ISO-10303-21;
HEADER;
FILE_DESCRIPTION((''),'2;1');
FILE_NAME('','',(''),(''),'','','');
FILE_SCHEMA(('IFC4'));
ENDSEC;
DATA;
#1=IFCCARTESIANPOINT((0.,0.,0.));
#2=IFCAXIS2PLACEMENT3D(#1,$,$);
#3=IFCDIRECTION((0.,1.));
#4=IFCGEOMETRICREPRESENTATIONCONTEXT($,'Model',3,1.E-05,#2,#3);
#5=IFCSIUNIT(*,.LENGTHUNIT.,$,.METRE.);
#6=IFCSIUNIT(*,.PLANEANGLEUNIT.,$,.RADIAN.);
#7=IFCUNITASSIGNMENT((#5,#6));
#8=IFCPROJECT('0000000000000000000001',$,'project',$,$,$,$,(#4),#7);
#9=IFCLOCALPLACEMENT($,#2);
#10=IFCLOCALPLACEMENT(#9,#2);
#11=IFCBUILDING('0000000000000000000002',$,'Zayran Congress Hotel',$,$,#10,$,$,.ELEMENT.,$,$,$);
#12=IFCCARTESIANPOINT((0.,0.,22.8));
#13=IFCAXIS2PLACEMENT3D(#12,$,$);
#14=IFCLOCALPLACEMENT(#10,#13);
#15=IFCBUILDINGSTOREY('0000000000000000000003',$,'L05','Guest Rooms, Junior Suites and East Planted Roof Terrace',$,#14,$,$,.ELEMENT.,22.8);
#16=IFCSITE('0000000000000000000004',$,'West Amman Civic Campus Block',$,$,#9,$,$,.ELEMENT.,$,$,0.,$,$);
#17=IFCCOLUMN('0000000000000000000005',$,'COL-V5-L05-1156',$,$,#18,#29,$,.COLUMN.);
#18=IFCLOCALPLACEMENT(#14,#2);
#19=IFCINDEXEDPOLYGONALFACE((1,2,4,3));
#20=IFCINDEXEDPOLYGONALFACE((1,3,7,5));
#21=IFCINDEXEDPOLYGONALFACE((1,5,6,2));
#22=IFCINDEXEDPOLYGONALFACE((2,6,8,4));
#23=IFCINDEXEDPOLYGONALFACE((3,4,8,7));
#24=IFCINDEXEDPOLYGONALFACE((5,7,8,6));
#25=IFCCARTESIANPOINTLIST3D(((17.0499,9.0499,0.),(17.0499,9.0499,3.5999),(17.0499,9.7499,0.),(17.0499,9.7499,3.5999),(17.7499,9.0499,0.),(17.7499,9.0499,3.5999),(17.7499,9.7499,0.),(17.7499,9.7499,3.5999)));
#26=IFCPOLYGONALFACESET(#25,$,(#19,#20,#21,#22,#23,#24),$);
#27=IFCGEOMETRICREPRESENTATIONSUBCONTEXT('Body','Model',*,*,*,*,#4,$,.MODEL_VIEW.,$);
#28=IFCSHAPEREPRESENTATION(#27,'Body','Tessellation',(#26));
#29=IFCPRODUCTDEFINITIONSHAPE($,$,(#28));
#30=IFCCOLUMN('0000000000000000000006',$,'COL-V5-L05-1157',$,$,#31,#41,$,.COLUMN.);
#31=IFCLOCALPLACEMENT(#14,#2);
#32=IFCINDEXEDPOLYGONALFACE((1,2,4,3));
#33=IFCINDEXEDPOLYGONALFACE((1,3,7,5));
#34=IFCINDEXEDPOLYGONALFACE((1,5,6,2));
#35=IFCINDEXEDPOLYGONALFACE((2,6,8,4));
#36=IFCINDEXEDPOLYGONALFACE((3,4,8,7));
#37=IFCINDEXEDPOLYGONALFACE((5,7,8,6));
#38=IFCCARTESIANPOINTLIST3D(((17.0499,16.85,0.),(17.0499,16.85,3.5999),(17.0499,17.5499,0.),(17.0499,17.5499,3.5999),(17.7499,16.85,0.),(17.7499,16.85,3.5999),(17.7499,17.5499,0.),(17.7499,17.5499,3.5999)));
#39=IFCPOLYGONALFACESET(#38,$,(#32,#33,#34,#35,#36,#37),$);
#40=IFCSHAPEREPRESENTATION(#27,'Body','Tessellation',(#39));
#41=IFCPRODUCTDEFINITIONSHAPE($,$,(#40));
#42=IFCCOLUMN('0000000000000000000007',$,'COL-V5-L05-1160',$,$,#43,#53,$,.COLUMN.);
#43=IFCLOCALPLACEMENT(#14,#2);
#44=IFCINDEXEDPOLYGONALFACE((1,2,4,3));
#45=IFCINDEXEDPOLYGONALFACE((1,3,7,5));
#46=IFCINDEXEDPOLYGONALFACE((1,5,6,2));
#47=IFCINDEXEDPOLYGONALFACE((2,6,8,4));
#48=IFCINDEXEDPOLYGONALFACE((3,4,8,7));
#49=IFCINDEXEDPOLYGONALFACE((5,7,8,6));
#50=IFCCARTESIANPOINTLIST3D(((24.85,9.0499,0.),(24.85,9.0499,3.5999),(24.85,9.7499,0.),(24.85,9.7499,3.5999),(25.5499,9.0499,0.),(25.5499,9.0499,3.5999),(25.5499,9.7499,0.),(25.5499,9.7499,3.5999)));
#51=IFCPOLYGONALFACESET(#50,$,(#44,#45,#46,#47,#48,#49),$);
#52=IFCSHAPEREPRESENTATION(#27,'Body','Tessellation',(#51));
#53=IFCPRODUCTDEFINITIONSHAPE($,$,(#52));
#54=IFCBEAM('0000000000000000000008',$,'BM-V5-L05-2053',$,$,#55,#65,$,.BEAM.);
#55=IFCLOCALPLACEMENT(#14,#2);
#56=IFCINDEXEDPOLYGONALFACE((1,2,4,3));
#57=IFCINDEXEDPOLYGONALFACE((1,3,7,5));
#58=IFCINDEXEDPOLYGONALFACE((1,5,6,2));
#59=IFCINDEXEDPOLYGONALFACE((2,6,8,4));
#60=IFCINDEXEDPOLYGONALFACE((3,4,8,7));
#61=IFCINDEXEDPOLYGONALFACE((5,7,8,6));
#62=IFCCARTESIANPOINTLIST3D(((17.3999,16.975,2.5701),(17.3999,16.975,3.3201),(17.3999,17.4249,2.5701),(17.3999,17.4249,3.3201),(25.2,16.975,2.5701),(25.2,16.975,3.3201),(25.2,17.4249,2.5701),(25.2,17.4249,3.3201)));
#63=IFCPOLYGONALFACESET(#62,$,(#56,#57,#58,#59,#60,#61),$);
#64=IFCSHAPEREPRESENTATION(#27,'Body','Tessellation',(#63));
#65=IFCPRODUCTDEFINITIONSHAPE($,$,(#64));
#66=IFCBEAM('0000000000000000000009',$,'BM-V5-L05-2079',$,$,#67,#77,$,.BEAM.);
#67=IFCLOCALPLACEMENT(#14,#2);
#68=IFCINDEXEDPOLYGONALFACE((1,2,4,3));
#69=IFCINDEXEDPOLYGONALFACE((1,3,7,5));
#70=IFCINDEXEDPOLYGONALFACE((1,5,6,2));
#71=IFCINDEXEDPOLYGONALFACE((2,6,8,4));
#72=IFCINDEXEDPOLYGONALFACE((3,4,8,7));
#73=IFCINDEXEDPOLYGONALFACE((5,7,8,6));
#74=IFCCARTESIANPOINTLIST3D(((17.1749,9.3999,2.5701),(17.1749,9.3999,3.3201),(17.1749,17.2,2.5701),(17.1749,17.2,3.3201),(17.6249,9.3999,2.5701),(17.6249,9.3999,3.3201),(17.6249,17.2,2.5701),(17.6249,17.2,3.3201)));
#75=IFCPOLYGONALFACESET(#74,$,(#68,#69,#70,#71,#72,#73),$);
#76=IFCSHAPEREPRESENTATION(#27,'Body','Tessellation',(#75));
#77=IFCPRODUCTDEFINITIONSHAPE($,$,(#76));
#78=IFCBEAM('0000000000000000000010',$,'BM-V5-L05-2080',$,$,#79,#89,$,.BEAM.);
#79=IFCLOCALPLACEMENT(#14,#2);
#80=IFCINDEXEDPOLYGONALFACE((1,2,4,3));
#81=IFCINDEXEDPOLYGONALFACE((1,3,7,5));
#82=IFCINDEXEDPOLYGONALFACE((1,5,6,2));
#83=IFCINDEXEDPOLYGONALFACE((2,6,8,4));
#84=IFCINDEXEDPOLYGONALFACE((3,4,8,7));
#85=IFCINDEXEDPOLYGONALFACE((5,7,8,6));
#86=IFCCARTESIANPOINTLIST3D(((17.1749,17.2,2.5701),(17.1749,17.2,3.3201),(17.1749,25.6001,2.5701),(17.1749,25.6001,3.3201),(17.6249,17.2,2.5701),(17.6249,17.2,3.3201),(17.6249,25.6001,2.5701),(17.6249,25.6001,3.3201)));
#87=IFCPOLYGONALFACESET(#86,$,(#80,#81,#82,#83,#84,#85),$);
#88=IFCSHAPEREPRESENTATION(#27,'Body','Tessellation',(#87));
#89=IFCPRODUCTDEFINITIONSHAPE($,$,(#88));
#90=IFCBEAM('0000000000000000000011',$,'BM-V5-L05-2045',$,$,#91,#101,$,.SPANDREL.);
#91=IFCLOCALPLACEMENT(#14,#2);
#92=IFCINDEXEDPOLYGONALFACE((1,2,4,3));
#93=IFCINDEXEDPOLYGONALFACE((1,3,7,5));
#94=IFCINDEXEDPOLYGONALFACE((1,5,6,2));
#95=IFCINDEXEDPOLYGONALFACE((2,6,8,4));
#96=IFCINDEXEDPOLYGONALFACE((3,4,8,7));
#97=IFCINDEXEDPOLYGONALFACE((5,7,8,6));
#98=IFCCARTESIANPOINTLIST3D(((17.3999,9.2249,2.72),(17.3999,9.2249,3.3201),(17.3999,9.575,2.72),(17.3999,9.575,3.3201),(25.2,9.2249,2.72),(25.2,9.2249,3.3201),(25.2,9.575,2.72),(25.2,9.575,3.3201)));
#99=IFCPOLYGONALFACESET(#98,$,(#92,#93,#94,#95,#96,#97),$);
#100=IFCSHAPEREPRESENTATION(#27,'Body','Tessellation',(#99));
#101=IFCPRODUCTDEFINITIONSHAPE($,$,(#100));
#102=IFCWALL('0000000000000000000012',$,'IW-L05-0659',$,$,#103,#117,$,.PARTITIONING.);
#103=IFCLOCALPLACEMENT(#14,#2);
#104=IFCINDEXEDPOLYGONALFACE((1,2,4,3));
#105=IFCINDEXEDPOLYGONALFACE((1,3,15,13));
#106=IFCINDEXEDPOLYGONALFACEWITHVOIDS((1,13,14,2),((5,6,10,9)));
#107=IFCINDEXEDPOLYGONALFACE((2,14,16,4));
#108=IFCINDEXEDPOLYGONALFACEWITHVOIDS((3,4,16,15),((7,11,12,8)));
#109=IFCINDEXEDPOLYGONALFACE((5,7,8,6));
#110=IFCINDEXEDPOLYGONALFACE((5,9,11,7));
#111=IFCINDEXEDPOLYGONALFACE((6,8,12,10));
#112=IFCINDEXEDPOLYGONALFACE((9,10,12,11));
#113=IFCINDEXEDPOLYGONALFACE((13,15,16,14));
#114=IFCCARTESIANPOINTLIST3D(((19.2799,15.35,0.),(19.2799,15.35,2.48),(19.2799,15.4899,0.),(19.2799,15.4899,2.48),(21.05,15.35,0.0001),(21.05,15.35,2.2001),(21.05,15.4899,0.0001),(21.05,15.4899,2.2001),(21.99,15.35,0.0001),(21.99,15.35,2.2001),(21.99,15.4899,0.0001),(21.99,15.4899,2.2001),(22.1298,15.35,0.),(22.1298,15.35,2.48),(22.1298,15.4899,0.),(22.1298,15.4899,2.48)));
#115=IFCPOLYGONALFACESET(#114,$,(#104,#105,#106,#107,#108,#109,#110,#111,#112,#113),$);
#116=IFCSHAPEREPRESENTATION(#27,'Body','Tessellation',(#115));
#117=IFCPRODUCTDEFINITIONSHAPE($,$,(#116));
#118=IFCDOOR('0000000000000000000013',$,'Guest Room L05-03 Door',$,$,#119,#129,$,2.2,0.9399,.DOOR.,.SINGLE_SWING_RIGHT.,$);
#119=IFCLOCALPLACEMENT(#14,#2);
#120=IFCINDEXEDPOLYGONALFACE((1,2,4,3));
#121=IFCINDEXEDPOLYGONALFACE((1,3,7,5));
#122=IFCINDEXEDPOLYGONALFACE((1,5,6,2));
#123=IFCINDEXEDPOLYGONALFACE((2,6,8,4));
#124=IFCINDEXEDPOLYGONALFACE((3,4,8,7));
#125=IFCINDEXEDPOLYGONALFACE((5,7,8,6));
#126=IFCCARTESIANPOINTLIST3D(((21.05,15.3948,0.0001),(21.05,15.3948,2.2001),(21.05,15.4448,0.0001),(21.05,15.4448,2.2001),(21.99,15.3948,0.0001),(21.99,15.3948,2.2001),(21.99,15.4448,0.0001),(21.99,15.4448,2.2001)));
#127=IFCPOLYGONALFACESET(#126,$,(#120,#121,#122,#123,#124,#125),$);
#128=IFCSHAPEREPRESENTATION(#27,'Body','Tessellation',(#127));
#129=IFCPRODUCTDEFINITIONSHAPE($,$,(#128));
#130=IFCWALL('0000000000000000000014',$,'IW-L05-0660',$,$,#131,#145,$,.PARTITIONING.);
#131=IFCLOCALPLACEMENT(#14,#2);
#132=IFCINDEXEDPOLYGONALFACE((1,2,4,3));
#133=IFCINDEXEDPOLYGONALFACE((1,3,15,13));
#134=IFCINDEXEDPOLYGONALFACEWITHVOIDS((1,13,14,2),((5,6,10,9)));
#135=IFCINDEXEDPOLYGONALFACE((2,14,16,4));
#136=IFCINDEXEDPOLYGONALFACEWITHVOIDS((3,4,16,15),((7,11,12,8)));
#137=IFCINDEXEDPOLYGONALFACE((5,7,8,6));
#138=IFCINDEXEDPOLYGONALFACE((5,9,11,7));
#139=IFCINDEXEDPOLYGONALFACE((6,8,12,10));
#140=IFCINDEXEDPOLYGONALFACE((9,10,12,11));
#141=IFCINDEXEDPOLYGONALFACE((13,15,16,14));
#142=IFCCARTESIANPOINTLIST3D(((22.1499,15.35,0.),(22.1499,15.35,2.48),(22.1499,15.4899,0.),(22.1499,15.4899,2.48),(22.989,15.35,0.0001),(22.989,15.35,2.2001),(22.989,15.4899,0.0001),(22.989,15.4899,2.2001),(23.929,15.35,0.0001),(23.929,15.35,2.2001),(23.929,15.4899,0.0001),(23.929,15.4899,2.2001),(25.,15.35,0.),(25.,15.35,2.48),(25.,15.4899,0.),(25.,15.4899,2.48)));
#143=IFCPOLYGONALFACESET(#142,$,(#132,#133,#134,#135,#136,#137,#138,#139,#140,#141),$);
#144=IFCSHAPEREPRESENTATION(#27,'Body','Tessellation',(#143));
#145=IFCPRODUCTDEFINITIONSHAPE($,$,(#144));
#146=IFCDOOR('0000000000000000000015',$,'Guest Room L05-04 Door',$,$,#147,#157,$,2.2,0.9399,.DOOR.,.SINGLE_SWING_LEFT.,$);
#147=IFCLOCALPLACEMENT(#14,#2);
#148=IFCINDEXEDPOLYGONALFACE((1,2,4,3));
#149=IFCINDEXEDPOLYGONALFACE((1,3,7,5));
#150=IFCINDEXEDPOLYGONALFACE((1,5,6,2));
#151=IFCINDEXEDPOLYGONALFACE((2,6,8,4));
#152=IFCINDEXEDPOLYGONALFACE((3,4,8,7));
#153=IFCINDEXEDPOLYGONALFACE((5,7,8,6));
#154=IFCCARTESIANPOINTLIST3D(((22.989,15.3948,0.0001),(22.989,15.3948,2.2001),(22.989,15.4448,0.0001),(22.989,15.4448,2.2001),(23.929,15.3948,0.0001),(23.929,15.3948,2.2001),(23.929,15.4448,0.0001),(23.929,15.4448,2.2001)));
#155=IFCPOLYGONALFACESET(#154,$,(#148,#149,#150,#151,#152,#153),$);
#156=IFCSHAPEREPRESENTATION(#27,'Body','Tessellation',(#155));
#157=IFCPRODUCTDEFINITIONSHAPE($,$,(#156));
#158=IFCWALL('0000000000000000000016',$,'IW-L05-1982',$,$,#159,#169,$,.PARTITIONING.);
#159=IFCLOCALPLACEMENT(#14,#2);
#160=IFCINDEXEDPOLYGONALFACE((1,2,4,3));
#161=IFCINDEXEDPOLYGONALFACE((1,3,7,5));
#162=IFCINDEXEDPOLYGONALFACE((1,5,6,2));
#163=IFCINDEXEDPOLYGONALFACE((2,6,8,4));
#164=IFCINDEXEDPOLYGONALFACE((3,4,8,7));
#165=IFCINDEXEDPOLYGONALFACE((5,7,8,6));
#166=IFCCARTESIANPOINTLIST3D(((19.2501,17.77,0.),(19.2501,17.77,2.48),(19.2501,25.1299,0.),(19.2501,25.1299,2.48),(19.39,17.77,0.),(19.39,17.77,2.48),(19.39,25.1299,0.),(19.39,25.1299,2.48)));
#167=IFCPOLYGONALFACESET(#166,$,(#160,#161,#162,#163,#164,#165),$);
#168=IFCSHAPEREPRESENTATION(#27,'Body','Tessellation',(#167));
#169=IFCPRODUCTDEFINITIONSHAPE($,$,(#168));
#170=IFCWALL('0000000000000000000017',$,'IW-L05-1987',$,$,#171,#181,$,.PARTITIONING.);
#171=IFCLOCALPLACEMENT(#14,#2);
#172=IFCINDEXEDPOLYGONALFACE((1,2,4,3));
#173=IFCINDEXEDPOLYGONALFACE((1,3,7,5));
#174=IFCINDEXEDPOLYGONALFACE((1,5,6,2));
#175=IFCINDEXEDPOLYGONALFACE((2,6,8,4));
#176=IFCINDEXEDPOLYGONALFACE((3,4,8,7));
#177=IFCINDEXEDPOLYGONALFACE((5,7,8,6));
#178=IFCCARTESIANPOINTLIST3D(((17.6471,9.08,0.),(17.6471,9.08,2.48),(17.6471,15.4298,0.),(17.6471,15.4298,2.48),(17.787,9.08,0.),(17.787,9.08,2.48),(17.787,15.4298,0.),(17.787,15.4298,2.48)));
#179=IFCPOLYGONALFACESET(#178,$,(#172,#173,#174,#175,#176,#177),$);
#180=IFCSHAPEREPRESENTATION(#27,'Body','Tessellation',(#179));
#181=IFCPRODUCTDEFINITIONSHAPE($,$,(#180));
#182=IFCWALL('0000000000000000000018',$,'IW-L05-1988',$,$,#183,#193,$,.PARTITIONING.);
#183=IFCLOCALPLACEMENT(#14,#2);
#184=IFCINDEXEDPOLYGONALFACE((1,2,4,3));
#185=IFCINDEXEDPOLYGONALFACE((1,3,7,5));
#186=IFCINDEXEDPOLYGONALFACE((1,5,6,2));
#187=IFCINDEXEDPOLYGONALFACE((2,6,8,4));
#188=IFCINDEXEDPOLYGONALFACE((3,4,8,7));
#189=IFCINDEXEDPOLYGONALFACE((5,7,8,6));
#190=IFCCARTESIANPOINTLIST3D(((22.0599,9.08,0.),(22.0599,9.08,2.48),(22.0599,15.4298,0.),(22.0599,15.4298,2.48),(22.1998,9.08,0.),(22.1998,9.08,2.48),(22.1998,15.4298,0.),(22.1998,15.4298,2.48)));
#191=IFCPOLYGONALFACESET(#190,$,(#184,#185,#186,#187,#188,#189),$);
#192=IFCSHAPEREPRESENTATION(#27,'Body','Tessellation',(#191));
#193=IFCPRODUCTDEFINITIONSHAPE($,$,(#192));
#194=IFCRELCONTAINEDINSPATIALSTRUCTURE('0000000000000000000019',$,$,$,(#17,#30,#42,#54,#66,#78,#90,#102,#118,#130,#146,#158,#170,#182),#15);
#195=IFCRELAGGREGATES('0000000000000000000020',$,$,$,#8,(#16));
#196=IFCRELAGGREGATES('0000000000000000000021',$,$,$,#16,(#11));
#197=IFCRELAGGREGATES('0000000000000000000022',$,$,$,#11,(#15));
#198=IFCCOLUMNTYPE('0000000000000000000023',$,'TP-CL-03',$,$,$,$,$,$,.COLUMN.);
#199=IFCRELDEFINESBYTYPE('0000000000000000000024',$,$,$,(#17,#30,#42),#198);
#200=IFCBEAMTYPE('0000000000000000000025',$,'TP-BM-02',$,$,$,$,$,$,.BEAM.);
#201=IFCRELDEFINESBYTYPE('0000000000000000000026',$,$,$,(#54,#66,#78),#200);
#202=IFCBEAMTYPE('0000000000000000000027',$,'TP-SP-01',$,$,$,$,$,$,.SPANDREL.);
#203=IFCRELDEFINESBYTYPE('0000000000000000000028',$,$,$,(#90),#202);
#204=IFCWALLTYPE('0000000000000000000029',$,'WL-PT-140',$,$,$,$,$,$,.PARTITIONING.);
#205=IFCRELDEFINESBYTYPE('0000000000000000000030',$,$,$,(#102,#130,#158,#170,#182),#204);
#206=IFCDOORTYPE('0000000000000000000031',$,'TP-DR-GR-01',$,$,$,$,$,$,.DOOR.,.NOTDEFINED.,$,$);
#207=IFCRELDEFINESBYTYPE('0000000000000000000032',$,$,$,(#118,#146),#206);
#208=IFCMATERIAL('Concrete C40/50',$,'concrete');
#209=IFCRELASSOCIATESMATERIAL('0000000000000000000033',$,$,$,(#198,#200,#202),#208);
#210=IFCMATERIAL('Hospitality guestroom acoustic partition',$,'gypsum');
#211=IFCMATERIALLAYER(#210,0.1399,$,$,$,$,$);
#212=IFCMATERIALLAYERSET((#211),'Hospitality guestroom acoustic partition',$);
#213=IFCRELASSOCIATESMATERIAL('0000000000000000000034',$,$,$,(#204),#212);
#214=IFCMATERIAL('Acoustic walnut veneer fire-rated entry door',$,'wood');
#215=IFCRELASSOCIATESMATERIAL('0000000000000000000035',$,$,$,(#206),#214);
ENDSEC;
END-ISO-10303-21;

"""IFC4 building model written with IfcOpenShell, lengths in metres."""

from ifc_helpers import new_model, si_unit, direction, frame, frame_2d, origin, origin_2d, place, context, subcontext, project, spatial, rectangle, extrude, material, layer, layer_set, material_profile, profile_set, type_object, element, fill, save


model = new_model("IFC4")

# Units and contexts
model_context = context("Model", 3, precision=1e-05, world=origin(), true_north=direction((0.0, 1.0)))
body_context = subcontext(model_context, "Body", "Model", "MODEL_VIEW")
ifc_project = project(units=[si_unit("LENGTHUNIT", "METRE"), si_unit("PLANEANGLEUNIT", "RADIAN")], contexts=[model_context])

# Site, building, storey
site_placement = place(None, origin())
site = spatial("IfcSite", under=ifc_project, at=site_placement, Name="West Amman Civic Campus Block", CompositionType="ELEMENT", RefElevation=0.0)
building_placement = place(site_placement, origin())
building = spatial("IfcBuilding", under=site, at=building_placement, Name="Zayran Congress Hotel", CompositionType="ELEMENT")
storey_placement = place(building_placement, frame((0.0, 0.0, 22.8)))
storey = spatial("IfcBuildingStorey", under=building, at=storey_placement, Name="L05", Description="Guest Rooms, Junior Suites and East Planted Roof Terrace", CompositionType="ELEMENT", Elevation=22.8)

# Columns
ifc_material_1 = material(Name="Concrete C40/50", Category="concrete")
ifc_material_profile_1 = material_profile(ifc_material_1, rectangle(XDim=0.7, YDim=0.7, at=origin_2d()), Name="RC 700x700")
ifc_profile_set_1 = profile_set([ifc_material_profile_1], Name="Concrete C40/50")
column_type = type_object("IfcColumnType", Name="TP-CL-03", PredefinedType="COLUMN", material=ifc_profile_set_1)
for number, where, z_axis, x_axis, name in (
    (1, (17.3999, 9.3999, 0.0), (0.0, 0.0, 1.0), (1.0, 0.0, 0.0), "COL-V5-L05-1156"),
    (2, (17.3999, 17.2, 0.0), (0.0, 0.0, 1.0), (1.0, 0.0, 0.0), "COL-V5-L05-1157"),
    (3, (25.2, 9.3999, 0.0), (0.0, 0.0, 1.0), (1.0, 0.0, 0.0), "COL-V5-L05-1160"),
):
    element("IfcColumn", number, at=place(storey_placement, frame(where, z_axis=z_axis, x_axis=x_axis)), inside=storey, type_object=column_type, Name=name, PredefinedType="COLUMN", context=body_context, shape_type="SweptSolid", body=[
        extrude(rectangle(XDim=0.7, YDim=0.7, at=origin_2d()), origin(), (0.0, 0.0, 1.0), 3.5999),
    ])

# Beams
ifc_material_profile_2 = material_profile(ifc_material_1, rectangle(XDim=0.45, YDim=0.75, at=origin_2d()), Name="RC 450x750")
ifc_profile_set_2 = profile_set([ifc_material_profile_2], Name="Concrete C40/50")
beam_type_1 = type_object("IfcBeamType", Name="TP-BM-02", PredefinedType="BEAM", material=ifc_profile_set_2)
for number, where, z_axis, x_axis, name in (
    (4, (17.3999, 17.2, 2.9451), (1.0, 0.0, 0.0), (0.0, 1.0, 0.0), "BM-V5-L05-2053"),
    (5, (17.3999, 9.3999, 2.9451), (0.0, 1.0, 0.0), (-1.0, 0.0, 0.0), "BM-V5-L05-2079"),
):
    element("IfcBeam", number, at=place(storey_placement, frame(where, z_axis=z_axis, x_axis=x_axis)), inside=storey, type_object=beam_type_1, Name=name, PredefinedType="BEAM", context=body_context, shape_type="SweptSolid", body=[
        extrude(rectangle(XDim=0.45, YDim=0.75, at=origin_2d()), origin(), (0.0, 0.0, 1.0), 7.8),
    ])
beam_1_placement = place(storey_placement, frame((17.3999, 17.2, 2.9451), z_axis=(0.0, 1.0, 0.0), x_axis=(-1.0, 0.0, 0.0)))
element("IfcBeam", 6, at=beam_1_placement, inside=storey, type_object=beam_type_1, Name="BM-V5-L05-2080", PredefinedType="BEAM", context=body_context, shape_type="SweptSolid", body=[
    extrude(rectangle(XDim=0.45, YDim=0.75, at=origin_2d()), origin(), (0.0, 0.0, 1.0), 8.4001),
])
ifc_material_profile_3 = material_profile(ifc_material_1, rectangle(XDim=0.3501, YDim=0.6001, at=origin_2d()), Name="RC 350x600")
ifc_profile_set_3 = profile_set([ifc_material_profile_3], Name="Concrete C40/50")
beam_type_2 = type_object("IfcBeamType", Name="TP-SP-01", PredefinedType="SPANDREL", material=ifc_profile_set_3)
beam_2_placement = place(storey_placement, frame((17.3999, 9.3999, 3.02), z_axis=(1.0, 0.0, 0.0), x_axis=(0.0, 1.0, 0.0)))
element("IfcBeam", 7, at=beam_2_placement, inside=storey, type_object=beam_type_2, Name="BM-V5-L05-2045", PredefinedType="SPANDREL", context=body_context, shape_type="SweptSolid", body=[
    extrude(rectangle(XDim=0.3501, YDim=0.6001, at=origin_2d()), origin(), (0.0, 0.0, 1.0), 7.8),
])

# Walls, openings, doors
ifc_material_2 = material(Name="Hospitality guestroom acoustic partition", Category="gypsum")
ifc_layer_1 = layer(ifc_material_2, 0.1399)
ifc_layer_set_1 = layer_set([ifc_layer_1], Name="Hospitality guestroom acoustic partition")
wall_type_1 = type_object("IfcWallType", Name="WL-PT-140", PredefinedType="PARTITIONING", material=ifc_layer_set_1)
wall_1_placement = place(storey_placement, frame((19.28, 15.4199, 0.0), z_axis=(0.0, 0.0, 1.0), x_axis=(1.0, 0.0, 0.0)))
wall_1 = element("IfcWall", 8, at=wall_1_placement, inside=storey, type_object=wall_type_1, Name="IW-L05-0659", PredefinedType="PARTITIONING", context=body_context, shape_type="SweptSolid", body=[
    extrude(rectangle(XDim=2.8499, YDim=0.1399, at=frame_2d((1.4248, 0.0))), origin(), (0.0, 0.0, 1.0), 2.48),
])
opening_1_placement = place(wall_1_placement, frame((1.77, 0.0, 0.0)))
opening_1 = element("IfcOpeningElement", 9, at=opening_1_placement, cuts=wall_1, PredefinedType="OPENING", context=body_context, shape_type="SweptSolid", body=[
    extrude(rectangle(XDim=0.9399, YDim=2.2, at=frame_2d((0.47, 1.1001))), frame((0.0, 0.0798, 0.0), z_axis=(0.0, -1.0, 0.0), x_axis=(1.0, 0.0, 0.0)), (0.0, 0.0, 1.0), 0.1599),
])
ifc_material_3 = material(Name="Acoustic walnut veneer fire-rated entry door", Category="wood")
door_type_1 = type_object("IfcDoorType", Name="TP-DR-GR-01", OperationType="NOTDEFINED", PredefinedType="DOOR", material=ifc_material_3)
door_1_placement = place(opening_1_placement, origin())
door_1 = element("IfcDoor", 10, at=door_1_placement, inside=storey, type_object=door_type_1, Name="Guest Room L05-03 Door", OperationType="SINGLE_SWING_RIGHT", OverallHeight=2.2, OverallWidth=0.9399, PredefinedType="DOOR", context=body_context, shape_type="SweptSolid", body=[
    extrude(rectangle(XDim=0.9399, YDim=2.2, at=frame_2d((0.47, 1.1001))), frame((0.0, 0.0249, 0.0), z_axis=(0.0, -1.0, 0.0), x_axis=(1.0, 0.0, 0.0)), (0.0, 0.0, 1.0), 0.05),
])
fill(opening_1, door_1)
wall_2_placement = place(storey_placement, frame((22.1499, 15.4199, 0.0), z_axis=(0.0, 0.0, 1.0), x_axis=(1.0, 0.0, 0.0)))
wall_2 = element("IfcWall", 11, at=wall_2_placement, inside=storey, type_object=wall_type_1, Name="IW-L05-0660", PredefinedType="PARTITIONING", context=body_context, shape_type="SweptSolid", body=[
    extrude(rectangle(XDim=2.8501, YDim=0.1399, at=frame_2d((1.425, 0.0))), origin(), (0.0, 0.0, 1.0), 2.48),
])
opening_2_placement = place(wall_2_placement, frame((0.8391, 0.0, 0.0)))
opening_2 = element("IfcOpeningElement", 12, at=opening_2_placement, cuts=wall_2, PredefinedType="OPENING", context=body_context, shape_type="SweptSolid", body=[
    extrude(rectangle(XDim=0.9399, YDim=2.2, at=frame_2d((0.47, 1.1001))), frame((0.0, 0.0798, 0.0), z_axis=(0.0, -1.0, 0.0), x_axis=(1.0, 0.0, 0.0)), (0.0, 0.0, 1.0), 0.1599),
])
door_2_placement = place(opening_2_placement, origin())
door_2 = element("IfcDoor", 13, at=door_2_placement, inside=storey, type_object=door_type_1, Name="Guest Room L05-04 Door", OperationType="SINGLE_SWING_LEFT", OverallHeight=2.2, OverallWidth=0.9399, PredefinedType="DOOR", context=body_context, shape_type="SweptSolid", body=[
    extrude(rectangle(XDim=0.9399, YDim=2.2, at=frame_2d((0.47, 1.1001))), frame((0.0, 0.0249, 0.0), z_axis=(0.0, -1.0, 0.0), x_axis=(1.0, 0.0, 0.0)), (0.0, 0.0, 1.0), 0.05),
])
fill(opening_2, door_2)

# Walls
wall_3_placement = place(storey_placement, frame((19.3201, 17.77, 0.0), z_axis=(0.0, 0.0, 1.0), x_axis=(0.0, 1.0, 0.0)))
element("IfcWall", 14, at=wall_3_placement, inside=storey, type_object=wall_type_1, Name="IW-L05-1982", PredefinedType="PARTITIONING", context=body_context, shape_type="SweptSolid", body=[
    extrude(rectangle(XDim=7.3599, YDim=0.1399, at=frame_2d((3.6799, 0.0))), origin(), (0.0, 0.0, 1.0), 2.48),
])
for number, where, z_axis, x_axis, name in (
    (15, (17.717, 9.0801, 0.0), (0.0, 0.0, 1.0), (0.0, 1.0, 0.0), "IW-L05-1987"),
    (16, (22.1299, 9.0801, 0.0), (0.0, 0.0, 1.0), (0.0, 1.0, 0.0), "IW-L05-1988"),
):
    element("IfcWall", number, at=place(storey_placement, frame(where, z_axis=z_axis, x_axis=x_axis)), inside=storey, type_object=wall_type_1, Name=name, PredefinedType="PARTITIONING", context=body_context, shape_type="SweptSolid", body=[
        extrude(rectangle(XDim=6.3499, YDim=0.1399, at=frame_2d((3.1748, 0.0))), origin(), (0.0, 0.0, 1.0), 2.48),
    ])

save(model, "model.ifc")
